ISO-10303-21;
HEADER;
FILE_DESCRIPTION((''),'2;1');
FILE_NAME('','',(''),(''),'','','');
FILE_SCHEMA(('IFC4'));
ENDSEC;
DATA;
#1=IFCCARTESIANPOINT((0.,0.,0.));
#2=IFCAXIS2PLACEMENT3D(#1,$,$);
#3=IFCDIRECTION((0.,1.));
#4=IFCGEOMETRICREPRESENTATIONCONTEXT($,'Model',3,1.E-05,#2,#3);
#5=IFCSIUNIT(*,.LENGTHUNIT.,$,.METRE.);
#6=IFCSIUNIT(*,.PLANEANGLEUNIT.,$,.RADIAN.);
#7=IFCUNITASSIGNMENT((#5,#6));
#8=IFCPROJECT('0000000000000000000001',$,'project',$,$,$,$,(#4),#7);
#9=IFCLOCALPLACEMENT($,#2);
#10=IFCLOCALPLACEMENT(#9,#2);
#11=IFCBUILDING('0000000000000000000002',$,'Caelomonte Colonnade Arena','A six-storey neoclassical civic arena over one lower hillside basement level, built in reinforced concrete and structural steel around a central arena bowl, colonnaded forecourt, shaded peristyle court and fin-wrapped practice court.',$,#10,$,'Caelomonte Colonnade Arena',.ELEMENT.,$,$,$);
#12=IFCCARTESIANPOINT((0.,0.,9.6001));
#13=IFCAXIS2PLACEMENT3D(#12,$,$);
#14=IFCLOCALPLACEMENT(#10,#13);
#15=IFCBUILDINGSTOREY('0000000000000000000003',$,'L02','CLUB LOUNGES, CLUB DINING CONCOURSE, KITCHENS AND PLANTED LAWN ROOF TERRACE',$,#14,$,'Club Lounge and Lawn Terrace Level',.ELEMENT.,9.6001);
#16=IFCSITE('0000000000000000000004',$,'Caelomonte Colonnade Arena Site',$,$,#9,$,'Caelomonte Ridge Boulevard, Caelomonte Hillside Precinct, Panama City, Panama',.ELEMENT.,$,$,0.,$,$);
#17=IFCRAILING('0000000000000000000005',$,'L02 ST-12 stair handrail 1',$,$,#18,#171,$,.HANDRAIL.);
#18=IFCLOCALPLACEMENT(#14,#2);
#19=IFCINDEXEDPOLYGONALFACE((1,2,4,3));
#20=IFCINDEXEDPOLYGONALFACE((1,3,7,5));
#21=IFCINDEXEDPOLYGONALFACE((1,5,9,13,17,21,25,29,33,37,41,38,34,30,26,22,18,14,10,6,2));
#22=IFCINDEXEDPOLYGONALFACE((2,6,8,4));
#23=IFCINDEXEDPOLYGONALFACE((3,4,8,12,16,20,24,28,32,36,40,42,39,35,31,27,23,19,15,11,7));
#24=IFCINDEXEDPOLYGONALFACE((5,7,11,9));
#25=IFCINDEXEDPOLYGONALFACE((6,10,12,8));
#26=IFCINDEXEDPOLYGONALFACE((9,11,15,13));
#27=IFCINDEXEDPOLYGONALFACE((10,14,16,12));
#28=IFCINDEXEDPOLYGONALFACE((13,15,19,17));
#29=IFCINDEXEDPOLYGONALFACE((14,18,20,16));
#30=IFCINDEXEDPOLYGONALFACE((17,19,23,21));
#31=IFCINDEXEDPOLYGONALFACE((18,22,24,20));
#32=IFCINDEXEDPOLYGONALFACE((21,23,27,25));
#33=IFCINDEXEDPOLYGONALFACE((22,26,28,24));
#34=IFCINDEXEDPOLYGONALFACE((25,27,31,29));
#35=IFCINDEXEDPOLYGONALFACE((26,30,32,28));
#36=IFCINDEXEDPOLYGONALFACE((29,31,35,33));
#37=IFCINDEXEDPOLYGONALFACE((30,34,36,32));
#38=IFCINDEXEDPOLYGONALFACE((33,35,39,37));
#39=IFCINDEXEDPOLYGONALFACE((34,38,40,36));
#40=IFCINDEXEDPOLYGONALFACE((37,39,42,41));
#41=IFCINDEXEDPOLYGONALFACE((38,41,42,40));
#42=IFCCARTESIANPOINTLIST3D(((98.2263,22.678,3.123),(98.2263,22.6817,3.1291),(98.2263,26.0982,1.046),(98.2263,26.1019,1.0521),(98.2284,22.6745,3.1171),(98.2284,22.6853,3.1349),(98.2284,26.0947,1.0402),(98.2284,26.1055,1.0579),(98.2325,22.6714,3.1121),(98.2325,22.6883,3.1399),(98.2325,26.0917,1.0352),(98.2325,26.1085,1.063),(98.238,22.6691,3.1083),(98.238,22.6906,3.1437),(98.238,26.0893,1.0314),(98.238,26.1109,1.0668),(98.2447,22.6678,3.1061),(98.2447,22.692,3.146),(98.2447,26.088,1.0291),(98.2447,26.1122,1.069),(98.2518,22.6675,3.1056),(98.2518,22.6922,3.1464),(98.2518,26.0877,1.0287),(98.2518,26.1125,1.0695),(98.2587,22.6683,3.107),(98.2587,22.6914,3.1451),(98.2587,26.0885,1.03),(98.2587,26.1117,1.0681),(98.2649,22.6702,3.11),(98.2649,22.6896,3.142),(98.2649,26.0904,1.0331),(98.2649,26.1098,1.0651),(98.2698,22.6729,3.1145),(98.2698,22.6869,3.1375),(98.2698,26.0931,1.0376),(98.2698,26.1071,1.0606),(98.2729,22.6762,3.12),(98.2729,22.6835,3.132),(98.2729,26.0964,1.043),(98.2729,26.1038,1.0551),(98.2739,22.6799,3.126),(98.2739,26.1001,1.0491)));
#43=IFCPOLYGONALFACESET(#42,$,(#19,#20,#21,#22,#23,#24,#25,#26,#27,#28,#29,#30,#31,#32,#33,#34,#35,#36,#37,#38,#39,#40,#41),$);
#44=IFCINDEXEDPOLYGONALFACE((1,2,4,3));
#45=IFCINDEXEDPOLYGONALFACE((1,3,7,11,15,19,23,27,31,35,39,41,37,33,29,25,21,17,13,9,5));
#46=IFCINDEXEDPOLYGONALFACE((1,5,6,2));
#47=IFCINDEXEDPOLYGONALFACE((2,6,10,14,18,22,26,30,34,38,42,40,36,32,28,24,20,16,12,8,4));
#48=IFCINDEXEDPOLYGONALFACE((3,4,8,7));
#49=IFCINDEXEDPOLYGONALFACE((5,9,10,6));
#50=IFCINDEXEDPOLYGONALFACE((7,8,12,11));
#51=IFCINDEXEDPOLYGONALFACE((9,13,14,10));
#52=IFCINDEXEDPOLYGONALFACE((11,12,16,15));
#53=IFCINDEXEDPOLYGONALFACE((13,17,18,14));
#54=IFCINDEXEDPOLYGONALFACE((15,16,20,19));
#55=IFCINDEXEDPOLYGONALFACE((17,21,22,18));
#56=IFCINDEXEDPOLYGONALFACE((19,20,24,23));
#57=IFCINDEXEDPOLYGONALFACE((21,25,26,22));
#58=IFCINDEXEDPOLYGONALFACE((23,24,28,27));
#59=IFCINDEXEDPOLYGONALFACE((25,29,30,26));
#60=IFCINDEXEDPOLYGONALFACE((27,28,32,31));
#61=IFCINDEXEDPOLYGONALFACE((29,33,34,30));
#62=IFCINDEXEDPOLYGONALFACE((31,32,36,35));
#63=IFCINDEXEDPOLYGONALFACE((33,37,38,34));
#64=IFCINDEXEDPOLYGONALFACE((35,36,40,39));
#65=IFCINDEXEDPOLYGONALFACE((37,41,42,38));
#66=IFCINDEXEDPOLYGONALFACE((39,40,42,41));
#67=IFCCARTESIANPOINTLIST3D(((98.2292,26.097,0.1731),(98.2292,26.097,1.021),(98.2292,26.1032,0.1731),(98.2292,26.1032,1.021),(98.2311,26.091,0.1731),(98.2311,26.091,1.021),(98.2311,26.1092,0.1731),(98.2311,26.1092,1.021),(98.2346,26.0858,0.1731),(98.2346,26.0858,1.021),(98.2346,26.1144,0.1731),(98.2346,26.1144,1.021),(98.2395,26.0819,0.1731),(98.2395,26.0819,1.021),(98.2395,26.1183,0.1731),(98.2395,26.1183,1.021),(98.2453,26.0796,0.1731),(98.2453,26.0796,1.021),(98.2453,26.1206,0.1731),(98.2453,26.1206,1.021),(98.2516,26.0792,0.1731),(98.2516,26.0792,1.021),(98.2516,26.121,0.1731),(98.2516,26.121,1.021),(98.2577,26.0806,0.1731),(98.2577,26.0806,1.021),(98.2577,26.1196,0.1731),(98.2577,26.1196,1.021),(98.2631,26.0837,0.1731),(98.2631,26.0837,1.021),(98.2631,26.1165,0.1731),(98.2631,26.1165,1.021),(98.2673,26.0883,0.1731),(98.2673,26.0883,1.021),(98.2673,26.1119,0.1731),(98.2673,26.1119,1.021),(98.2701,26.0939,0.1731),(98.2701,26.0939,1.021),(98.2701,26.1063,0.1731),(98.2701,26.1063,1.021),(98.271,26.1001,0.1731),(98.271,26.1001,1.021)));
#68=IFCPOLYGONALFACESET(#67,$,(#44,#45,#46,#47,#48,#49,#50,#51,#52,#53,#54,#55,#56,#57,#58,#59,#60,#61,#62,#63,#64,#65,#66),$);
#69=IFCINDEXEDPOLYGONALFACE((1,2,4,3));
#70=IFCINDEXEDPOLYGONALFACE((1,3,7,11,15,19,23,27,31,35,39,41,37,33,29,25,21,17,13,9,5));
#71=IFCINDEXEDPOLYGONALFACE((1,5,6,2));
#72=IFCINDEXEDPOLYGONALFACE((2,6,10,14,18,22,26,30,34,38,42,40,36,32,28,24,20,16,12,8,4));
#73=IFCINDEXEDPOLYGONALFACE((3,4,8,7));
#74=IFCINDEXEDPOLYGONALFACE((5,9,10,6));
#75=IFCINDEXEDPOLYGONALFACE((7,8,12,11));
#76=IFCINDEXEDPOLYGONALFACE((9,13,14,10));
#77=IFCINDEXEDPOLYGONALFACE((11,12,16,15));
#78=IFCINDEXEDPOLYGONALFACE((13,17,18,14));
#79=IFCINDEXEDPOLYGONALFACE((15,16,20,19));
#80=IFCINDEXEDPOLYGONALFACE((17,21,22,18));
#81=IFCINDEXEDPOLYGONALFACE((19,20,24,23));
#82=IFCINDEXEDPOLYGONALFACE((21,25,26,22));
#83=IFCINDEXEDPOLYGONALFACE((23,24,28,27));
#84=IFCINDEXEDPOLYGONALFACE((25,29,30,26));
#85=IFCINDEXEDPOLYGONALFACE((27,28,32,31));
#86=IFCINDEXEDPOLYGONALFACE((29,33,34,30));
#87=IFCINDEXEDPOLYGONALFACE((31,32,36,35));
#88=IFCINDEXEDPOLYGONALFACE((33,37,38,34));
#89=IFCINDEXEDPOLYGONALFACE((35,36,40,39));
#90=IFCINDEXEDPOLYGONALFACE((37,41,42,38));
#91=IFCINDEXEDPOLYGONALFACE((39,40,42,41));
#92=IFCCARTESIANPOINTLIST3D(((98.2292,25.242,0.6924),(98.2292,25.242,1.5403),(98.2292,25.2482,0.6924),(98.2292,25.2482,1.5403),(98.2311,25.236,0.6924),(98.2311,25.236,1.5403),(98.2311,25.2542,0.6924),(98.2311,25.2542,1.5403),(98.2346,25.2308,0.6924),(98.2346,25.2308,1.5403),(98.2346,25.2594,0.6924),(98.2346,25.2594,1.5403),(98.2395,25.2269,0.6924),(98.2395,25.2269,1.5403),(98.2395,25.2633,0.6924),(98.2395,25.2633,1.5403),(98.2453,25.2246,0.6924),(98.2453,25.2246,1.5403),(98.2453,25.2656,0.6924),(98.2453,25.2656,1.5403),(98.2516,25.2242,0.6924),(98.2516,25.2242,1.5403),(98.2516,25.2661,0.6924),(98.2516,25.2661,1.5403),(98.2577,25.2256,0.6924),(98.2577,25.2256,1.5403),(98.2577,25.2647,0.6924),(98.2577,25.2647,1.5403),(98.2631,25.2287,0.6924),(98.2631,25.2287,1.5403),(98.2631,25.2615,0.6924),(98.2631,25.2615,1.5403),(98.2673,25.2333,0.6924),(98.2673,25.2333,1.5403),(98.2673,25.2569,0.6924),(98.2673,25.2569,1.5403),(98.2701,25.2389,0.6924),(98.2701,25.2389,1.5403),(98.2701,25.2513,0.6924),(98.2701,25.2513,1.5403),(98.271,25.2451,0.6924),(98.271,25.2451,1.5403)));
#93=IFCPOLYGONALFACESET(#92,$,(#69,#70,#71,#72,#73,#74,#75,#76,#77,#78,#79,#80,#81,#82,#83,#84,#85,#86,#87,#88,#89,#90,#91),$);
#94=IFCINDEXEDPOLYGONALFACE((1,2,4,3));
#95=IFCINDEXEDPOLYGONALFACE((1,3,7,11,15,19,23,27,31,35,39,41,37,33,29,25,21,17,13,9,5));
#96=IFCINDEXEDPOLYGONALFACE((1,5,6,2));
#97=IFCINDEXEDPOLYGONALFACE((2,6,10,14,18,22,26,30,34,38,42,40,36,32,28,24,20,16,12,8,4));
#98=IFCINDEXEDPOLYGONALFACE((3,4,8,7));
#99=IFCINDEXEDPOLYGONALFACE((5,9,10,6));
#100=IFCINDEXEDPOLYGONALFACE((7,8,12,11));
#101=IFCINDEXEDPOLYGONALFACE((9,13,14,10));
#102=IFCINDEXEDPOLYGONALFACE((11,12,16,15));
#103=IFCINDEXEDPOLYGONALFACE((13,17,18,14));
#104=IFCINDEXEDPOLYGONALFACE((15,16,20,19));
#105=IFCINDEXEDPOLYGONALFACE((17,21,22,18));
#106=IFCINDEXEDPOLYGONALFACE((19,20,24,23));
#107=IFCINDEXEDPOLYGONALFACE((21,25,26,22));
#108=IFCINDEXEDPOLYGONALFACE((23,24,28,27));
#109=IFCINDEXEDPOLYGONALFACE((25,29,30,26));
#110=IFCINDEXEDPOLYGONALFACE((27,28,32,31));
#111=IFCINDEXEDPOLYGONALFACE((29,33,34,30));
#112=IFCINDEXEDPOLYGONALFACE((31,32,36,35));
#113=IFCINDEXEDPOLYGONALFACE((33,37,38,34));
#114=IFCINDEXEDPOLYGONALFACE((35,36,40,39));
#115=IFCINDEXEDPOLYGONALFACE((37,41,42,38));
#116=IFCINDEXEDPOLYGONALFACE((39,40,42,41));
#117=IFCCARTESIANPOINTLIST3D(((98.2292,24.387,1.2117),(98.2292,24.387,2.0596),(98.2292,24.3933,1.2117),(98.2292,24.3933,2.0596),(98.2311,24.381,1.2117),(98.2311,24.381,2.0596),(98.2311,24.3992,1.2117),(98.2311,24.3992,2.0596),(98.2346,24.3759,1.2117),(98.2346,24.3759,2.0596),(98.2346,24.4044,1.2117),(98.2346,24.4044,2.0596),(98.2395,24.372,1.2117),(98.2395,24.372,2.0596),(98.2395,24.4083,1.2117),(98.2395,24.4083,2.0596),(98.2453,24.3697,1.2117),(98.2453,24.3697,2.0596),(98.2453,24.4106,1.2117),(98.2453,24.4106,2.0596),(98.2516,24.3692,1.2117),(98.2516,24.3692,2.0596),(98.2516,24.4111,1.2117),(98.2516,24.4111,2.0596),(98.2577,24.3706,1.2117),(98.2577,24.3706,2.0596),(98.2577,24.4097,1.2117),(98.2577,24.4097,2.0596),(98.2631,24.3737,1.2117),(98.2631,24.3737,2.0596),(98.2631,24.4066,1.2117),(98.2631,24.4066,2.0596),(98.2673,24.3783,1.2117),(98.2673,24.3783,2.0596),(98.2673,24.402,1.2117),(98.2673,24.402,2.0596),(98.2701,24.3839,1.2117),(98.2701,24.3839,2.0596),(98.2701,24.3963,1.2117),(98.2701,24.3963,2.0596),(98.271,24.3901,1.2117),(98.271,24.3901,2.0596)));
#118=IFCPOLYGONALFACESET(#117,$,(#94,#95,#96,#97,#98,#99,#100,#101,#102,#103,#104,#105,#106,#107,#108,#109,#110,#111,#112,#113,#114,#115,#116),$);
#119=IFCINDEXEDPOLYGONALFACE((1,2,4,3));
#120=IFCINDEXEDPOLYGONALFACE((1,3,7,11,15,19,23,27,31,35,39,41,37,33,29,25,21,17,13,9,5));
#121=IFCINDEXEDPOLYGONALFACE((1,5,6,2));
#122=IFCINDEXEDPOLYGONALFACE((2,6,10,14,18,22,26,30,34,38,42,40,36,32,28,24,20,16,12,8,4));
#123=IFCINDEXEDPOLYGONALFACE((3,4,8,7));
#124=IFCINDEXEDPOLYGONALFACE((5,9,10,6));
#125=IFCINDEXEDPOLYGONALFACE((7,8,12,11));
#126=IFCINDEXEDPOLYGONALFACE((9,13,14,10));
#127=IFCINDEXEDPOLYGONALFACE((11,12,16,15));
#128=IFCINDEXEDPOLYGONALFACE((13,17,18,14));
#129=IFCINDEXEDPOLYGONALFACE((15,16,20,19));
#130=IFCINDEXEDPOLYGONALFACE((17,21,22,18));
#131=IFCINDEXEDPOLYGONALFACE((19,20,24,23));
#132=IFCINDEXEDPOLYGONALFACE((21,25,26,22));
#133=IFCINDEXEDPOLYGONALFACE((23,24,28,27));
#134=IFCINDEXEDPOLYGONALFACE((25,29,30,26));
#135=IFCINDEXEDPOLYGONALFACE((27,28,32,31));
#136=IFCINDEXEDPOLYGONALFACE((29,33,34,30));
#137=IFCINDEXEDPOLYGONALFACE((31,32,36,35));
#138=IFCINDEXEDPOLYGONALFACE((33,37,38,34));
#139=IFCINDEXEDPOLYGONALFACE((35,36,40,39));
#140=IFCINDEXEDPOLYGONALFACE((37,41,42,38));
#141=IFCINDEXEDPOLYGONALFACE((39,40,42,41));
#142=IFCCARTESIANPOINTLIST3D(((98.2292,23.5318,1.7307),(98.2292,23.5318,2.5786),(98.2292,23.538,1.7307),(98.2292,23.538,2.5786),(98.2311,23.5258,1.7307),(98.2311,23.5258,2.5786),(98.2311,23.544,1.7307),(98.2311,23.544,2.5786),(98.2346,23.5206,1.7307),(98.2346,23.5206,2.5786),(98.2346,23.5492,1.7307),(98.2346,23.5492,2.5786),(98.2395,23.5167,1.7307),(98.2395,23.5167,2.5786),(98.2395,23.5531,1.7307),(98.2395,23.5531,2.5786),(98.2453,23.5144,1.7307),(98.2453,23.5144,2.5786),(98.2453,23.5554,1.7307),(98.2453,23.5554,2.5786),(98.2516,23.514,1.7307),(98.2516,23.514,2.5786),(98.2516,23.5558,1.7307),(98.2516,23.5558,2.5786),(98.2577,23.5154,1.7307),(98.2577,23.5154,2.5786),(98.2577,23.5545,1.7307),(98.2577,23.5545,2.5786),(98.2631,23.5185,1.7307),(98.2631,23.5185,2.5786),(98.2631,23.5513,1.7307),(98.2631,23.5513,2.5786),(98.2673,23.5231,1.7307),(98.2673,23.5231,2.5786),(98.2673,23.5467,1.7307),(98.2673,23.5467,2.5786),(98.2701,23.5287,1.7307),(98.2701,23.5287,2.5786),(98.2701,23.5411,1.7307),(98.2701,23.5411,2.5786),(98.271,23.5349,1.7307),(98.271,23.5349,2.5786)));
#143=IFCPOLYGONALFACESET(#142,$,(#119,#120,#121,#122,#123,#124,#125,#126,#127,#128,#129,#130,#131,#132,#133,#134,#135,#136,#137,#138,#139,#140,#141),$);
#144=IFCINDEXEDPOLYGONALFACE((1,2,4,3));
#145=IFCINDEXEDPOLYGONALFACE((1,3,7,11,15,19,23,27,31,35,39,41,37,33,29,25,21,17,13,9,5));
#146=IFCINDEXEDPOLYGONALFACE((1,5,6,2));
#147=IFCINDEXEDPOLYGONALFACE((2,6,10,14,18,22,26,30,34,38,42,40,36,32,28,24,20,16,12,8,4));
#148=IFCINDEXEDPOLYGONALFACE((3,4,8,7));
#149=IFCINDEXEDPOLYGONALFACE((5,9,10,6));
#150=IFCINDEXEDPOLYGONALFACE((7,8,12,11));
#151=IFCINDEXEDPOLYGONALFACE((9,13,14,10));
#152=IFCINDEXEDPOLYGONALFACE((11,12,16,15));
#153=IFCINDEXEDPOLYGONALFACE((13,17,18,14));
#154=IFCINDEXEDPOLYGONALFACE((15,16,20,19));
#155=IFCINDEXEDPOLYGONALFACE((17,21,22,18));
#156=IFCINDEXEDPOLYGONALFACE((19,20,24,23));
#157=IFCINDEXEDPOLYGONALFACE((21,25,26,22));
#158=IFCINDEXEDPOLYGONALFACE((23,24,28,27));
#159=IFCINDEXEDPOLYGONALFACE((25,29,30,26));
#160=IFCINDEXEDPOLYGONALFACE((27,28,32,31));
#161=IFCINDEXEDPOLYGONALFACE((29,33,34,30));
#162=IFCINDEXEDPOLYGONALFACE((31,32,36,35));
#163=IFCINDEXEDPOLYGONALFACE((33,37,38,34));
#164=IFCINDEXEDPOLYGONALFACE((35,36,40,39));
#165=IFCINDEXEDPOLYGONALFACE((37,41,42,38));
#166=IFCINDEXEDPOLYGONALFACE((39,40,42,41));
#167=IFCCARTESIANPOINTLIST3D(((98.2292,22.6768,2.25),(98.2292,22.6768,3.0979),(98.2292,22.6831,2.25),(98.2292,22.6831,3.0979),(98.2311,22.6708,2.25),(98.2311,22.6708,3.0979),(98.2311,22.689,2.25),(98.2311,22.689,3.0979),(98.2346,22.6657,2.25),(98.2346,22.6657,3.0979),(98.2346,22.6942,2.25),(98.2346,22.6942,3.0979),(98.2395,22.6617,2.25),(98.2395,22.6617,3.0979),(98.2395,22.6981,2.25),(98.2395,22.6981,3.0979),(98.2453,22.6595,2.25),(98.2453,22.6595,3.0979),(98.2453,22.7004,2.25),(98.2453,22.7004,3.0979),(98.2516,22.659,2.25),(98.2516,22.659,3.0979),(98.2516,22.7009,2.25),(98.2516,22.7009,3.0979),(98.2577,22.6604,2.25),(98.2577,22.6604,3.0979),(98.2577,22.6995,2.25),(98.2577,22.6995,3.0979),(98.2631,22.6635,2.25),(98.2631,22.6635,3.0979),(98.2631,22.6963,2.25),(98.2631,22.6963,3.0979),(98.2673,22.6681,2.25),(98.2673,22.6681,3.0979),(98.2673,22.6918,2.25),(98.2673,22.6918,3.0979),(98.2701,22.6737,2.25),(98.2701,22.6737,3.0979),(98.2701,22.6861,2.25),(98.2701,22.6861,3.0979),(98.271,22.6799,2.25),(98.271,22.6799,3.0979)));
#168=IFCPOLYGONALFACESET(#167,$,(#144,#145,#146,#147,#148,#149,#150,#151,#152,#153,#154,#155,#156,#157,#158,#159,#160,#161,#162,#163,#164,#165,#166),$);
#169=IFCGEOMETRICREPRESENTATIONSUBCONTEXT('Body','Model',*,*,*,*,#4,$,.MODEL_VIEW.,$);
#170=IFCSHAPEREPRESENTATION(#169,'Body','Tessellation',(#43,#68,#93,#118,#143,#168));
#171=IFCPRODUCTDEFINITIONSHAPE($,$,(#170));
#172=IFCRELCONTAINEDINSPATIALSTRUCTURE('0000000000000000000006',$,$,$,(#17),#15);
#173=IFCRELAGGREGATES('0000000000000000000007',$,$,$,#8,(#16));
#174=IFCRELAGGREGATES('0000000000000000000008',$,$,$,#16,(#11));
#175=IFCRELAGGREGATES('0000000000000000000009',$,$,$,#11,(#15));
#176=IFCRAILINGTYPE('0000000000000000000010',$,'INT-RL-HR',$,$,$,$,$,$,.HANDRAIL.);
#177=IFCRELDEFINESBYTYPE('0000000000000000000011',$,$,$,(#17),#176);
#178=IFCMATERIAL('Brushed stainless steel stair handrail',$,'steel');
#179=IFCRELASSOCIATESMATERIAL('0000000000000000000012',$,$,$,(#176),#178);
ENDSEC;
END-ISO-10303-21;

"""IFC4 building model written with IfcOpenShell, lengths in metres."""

from ifc_helpers import new_model, si_unit, direction, frame, origin, origin_2d, place, context, subcontext, project, spatial, circle, extrude, material, type_object, element, save


model = new_model("IFC4")

# Units and contexts
model_context = context("Model", 3, precision=1e-05, world=origin(), true_north=direction((0.0, 1.0)))
body_context = subcontext(model_context, "Body", "Model", "MODEL_VIEW")
ifc_project = project(units=[si_unit("LENGTHUNIT", "METRE"), si_unit("PLANEANGLEUNIT", "RADIAN")], contexts=[model_context])

# Site, building, storey
site_placement = place(None, origin())
site = spatial("IfcSite", under=ifc_project, at=site_placement, Name="Caelomonte Colonnade Arena Site", LongName="Caelomonte Ridge Boulevard, Caelomonte Hillside Precinct, Panama City, Panama", CompositionType="ELEMENT", RefElevation=0.0)
building_placement = place(site_placement, origin())
building = spatial("IfcBuilding", under=site, at=building_placement, Name="Caelomonte Colonnade Arena", Description="A six-storey neoclassical civic arena over one lower hillside basement level, built in reinforced concrete and structural steel around a central arena bowl, colonnaded forecourt, shaded peristyle court and fin-wrapped practice court.", LongName="Caelomonte Colonnade Arena", CompositionType="ELEMENT")
storey_placement = place(building_placement, frame((0.0, 0.0, 9.6001)))
storey = spatial("IfcBuildingStorey", under=building, at=storey_placement, Name="L02", Description="CLUB LOUNGES, CLUB DINING CONCOURSE, KITCHENS AND PLANTED LAWN ROOF TERRACE", LongName="Club Lounge and Lawn Terrace Level", CompositionType="ELEMENT", Elevation=9.6001)

# Railing
ifc_material_1 = material(Name="Brushed stainless steel stair handrail", Category="steel")
railing_type_1 = type_object("IfcRailingType", Name="INT-RL-HR", PredefinedType="HANDRAIL", material=ifc_material_1)
railing_1_placement = place(storey_placement, frame((98.25, 26.1001, 0.1731)))
element("IfcRailing", 1, at=railing_1_placement, inside=storey, type_object=railing_type_1, Name="L02 ST-12 stair handrail 1", PredefinedType="HANDRAIL", context=body_context, shape_type="SweptSolid", body=[
    extrude(circle(Radius=0.0239, at=origin_2d()), frame((0.0, 0.0, 0.876), z_axis=(0.0, -0.854746, 0.519047), x_axis=(1.0, 0.0, 0.0)), (0.0, 0.0, 1.0), 4.0015),
    extrude(circle(Radius=0.021, at=origin_2d()), origin(), (0.0, 0.0, 1.0), 0.8479),
    extrude(circle(Radius=0.021, at=origin_2d()), frame((0.0, -0.855, 0.5193)), (0.0, 0.0, 1.0), 0.8479),
    extrude(circle(Radius=0.021, at=origin_2d()), frame((0.0, -1.71, 1.0386)), (0.0, 0.0, 1.0), 0.8479),
    extrude(circle(Radius=0.021, at=origin_2d()), frame((0.0, -2.5652, 1.5576)), (0.0, 0.0, 1.0), 0.8479),
    extrude(circle(Radius=0.021, at=origin_2d()), frame((0.0, -3.4202, 2.0769)), (0.0, 0.0, 1.0), 0.8479),
])

save(model, "model.ifc")
